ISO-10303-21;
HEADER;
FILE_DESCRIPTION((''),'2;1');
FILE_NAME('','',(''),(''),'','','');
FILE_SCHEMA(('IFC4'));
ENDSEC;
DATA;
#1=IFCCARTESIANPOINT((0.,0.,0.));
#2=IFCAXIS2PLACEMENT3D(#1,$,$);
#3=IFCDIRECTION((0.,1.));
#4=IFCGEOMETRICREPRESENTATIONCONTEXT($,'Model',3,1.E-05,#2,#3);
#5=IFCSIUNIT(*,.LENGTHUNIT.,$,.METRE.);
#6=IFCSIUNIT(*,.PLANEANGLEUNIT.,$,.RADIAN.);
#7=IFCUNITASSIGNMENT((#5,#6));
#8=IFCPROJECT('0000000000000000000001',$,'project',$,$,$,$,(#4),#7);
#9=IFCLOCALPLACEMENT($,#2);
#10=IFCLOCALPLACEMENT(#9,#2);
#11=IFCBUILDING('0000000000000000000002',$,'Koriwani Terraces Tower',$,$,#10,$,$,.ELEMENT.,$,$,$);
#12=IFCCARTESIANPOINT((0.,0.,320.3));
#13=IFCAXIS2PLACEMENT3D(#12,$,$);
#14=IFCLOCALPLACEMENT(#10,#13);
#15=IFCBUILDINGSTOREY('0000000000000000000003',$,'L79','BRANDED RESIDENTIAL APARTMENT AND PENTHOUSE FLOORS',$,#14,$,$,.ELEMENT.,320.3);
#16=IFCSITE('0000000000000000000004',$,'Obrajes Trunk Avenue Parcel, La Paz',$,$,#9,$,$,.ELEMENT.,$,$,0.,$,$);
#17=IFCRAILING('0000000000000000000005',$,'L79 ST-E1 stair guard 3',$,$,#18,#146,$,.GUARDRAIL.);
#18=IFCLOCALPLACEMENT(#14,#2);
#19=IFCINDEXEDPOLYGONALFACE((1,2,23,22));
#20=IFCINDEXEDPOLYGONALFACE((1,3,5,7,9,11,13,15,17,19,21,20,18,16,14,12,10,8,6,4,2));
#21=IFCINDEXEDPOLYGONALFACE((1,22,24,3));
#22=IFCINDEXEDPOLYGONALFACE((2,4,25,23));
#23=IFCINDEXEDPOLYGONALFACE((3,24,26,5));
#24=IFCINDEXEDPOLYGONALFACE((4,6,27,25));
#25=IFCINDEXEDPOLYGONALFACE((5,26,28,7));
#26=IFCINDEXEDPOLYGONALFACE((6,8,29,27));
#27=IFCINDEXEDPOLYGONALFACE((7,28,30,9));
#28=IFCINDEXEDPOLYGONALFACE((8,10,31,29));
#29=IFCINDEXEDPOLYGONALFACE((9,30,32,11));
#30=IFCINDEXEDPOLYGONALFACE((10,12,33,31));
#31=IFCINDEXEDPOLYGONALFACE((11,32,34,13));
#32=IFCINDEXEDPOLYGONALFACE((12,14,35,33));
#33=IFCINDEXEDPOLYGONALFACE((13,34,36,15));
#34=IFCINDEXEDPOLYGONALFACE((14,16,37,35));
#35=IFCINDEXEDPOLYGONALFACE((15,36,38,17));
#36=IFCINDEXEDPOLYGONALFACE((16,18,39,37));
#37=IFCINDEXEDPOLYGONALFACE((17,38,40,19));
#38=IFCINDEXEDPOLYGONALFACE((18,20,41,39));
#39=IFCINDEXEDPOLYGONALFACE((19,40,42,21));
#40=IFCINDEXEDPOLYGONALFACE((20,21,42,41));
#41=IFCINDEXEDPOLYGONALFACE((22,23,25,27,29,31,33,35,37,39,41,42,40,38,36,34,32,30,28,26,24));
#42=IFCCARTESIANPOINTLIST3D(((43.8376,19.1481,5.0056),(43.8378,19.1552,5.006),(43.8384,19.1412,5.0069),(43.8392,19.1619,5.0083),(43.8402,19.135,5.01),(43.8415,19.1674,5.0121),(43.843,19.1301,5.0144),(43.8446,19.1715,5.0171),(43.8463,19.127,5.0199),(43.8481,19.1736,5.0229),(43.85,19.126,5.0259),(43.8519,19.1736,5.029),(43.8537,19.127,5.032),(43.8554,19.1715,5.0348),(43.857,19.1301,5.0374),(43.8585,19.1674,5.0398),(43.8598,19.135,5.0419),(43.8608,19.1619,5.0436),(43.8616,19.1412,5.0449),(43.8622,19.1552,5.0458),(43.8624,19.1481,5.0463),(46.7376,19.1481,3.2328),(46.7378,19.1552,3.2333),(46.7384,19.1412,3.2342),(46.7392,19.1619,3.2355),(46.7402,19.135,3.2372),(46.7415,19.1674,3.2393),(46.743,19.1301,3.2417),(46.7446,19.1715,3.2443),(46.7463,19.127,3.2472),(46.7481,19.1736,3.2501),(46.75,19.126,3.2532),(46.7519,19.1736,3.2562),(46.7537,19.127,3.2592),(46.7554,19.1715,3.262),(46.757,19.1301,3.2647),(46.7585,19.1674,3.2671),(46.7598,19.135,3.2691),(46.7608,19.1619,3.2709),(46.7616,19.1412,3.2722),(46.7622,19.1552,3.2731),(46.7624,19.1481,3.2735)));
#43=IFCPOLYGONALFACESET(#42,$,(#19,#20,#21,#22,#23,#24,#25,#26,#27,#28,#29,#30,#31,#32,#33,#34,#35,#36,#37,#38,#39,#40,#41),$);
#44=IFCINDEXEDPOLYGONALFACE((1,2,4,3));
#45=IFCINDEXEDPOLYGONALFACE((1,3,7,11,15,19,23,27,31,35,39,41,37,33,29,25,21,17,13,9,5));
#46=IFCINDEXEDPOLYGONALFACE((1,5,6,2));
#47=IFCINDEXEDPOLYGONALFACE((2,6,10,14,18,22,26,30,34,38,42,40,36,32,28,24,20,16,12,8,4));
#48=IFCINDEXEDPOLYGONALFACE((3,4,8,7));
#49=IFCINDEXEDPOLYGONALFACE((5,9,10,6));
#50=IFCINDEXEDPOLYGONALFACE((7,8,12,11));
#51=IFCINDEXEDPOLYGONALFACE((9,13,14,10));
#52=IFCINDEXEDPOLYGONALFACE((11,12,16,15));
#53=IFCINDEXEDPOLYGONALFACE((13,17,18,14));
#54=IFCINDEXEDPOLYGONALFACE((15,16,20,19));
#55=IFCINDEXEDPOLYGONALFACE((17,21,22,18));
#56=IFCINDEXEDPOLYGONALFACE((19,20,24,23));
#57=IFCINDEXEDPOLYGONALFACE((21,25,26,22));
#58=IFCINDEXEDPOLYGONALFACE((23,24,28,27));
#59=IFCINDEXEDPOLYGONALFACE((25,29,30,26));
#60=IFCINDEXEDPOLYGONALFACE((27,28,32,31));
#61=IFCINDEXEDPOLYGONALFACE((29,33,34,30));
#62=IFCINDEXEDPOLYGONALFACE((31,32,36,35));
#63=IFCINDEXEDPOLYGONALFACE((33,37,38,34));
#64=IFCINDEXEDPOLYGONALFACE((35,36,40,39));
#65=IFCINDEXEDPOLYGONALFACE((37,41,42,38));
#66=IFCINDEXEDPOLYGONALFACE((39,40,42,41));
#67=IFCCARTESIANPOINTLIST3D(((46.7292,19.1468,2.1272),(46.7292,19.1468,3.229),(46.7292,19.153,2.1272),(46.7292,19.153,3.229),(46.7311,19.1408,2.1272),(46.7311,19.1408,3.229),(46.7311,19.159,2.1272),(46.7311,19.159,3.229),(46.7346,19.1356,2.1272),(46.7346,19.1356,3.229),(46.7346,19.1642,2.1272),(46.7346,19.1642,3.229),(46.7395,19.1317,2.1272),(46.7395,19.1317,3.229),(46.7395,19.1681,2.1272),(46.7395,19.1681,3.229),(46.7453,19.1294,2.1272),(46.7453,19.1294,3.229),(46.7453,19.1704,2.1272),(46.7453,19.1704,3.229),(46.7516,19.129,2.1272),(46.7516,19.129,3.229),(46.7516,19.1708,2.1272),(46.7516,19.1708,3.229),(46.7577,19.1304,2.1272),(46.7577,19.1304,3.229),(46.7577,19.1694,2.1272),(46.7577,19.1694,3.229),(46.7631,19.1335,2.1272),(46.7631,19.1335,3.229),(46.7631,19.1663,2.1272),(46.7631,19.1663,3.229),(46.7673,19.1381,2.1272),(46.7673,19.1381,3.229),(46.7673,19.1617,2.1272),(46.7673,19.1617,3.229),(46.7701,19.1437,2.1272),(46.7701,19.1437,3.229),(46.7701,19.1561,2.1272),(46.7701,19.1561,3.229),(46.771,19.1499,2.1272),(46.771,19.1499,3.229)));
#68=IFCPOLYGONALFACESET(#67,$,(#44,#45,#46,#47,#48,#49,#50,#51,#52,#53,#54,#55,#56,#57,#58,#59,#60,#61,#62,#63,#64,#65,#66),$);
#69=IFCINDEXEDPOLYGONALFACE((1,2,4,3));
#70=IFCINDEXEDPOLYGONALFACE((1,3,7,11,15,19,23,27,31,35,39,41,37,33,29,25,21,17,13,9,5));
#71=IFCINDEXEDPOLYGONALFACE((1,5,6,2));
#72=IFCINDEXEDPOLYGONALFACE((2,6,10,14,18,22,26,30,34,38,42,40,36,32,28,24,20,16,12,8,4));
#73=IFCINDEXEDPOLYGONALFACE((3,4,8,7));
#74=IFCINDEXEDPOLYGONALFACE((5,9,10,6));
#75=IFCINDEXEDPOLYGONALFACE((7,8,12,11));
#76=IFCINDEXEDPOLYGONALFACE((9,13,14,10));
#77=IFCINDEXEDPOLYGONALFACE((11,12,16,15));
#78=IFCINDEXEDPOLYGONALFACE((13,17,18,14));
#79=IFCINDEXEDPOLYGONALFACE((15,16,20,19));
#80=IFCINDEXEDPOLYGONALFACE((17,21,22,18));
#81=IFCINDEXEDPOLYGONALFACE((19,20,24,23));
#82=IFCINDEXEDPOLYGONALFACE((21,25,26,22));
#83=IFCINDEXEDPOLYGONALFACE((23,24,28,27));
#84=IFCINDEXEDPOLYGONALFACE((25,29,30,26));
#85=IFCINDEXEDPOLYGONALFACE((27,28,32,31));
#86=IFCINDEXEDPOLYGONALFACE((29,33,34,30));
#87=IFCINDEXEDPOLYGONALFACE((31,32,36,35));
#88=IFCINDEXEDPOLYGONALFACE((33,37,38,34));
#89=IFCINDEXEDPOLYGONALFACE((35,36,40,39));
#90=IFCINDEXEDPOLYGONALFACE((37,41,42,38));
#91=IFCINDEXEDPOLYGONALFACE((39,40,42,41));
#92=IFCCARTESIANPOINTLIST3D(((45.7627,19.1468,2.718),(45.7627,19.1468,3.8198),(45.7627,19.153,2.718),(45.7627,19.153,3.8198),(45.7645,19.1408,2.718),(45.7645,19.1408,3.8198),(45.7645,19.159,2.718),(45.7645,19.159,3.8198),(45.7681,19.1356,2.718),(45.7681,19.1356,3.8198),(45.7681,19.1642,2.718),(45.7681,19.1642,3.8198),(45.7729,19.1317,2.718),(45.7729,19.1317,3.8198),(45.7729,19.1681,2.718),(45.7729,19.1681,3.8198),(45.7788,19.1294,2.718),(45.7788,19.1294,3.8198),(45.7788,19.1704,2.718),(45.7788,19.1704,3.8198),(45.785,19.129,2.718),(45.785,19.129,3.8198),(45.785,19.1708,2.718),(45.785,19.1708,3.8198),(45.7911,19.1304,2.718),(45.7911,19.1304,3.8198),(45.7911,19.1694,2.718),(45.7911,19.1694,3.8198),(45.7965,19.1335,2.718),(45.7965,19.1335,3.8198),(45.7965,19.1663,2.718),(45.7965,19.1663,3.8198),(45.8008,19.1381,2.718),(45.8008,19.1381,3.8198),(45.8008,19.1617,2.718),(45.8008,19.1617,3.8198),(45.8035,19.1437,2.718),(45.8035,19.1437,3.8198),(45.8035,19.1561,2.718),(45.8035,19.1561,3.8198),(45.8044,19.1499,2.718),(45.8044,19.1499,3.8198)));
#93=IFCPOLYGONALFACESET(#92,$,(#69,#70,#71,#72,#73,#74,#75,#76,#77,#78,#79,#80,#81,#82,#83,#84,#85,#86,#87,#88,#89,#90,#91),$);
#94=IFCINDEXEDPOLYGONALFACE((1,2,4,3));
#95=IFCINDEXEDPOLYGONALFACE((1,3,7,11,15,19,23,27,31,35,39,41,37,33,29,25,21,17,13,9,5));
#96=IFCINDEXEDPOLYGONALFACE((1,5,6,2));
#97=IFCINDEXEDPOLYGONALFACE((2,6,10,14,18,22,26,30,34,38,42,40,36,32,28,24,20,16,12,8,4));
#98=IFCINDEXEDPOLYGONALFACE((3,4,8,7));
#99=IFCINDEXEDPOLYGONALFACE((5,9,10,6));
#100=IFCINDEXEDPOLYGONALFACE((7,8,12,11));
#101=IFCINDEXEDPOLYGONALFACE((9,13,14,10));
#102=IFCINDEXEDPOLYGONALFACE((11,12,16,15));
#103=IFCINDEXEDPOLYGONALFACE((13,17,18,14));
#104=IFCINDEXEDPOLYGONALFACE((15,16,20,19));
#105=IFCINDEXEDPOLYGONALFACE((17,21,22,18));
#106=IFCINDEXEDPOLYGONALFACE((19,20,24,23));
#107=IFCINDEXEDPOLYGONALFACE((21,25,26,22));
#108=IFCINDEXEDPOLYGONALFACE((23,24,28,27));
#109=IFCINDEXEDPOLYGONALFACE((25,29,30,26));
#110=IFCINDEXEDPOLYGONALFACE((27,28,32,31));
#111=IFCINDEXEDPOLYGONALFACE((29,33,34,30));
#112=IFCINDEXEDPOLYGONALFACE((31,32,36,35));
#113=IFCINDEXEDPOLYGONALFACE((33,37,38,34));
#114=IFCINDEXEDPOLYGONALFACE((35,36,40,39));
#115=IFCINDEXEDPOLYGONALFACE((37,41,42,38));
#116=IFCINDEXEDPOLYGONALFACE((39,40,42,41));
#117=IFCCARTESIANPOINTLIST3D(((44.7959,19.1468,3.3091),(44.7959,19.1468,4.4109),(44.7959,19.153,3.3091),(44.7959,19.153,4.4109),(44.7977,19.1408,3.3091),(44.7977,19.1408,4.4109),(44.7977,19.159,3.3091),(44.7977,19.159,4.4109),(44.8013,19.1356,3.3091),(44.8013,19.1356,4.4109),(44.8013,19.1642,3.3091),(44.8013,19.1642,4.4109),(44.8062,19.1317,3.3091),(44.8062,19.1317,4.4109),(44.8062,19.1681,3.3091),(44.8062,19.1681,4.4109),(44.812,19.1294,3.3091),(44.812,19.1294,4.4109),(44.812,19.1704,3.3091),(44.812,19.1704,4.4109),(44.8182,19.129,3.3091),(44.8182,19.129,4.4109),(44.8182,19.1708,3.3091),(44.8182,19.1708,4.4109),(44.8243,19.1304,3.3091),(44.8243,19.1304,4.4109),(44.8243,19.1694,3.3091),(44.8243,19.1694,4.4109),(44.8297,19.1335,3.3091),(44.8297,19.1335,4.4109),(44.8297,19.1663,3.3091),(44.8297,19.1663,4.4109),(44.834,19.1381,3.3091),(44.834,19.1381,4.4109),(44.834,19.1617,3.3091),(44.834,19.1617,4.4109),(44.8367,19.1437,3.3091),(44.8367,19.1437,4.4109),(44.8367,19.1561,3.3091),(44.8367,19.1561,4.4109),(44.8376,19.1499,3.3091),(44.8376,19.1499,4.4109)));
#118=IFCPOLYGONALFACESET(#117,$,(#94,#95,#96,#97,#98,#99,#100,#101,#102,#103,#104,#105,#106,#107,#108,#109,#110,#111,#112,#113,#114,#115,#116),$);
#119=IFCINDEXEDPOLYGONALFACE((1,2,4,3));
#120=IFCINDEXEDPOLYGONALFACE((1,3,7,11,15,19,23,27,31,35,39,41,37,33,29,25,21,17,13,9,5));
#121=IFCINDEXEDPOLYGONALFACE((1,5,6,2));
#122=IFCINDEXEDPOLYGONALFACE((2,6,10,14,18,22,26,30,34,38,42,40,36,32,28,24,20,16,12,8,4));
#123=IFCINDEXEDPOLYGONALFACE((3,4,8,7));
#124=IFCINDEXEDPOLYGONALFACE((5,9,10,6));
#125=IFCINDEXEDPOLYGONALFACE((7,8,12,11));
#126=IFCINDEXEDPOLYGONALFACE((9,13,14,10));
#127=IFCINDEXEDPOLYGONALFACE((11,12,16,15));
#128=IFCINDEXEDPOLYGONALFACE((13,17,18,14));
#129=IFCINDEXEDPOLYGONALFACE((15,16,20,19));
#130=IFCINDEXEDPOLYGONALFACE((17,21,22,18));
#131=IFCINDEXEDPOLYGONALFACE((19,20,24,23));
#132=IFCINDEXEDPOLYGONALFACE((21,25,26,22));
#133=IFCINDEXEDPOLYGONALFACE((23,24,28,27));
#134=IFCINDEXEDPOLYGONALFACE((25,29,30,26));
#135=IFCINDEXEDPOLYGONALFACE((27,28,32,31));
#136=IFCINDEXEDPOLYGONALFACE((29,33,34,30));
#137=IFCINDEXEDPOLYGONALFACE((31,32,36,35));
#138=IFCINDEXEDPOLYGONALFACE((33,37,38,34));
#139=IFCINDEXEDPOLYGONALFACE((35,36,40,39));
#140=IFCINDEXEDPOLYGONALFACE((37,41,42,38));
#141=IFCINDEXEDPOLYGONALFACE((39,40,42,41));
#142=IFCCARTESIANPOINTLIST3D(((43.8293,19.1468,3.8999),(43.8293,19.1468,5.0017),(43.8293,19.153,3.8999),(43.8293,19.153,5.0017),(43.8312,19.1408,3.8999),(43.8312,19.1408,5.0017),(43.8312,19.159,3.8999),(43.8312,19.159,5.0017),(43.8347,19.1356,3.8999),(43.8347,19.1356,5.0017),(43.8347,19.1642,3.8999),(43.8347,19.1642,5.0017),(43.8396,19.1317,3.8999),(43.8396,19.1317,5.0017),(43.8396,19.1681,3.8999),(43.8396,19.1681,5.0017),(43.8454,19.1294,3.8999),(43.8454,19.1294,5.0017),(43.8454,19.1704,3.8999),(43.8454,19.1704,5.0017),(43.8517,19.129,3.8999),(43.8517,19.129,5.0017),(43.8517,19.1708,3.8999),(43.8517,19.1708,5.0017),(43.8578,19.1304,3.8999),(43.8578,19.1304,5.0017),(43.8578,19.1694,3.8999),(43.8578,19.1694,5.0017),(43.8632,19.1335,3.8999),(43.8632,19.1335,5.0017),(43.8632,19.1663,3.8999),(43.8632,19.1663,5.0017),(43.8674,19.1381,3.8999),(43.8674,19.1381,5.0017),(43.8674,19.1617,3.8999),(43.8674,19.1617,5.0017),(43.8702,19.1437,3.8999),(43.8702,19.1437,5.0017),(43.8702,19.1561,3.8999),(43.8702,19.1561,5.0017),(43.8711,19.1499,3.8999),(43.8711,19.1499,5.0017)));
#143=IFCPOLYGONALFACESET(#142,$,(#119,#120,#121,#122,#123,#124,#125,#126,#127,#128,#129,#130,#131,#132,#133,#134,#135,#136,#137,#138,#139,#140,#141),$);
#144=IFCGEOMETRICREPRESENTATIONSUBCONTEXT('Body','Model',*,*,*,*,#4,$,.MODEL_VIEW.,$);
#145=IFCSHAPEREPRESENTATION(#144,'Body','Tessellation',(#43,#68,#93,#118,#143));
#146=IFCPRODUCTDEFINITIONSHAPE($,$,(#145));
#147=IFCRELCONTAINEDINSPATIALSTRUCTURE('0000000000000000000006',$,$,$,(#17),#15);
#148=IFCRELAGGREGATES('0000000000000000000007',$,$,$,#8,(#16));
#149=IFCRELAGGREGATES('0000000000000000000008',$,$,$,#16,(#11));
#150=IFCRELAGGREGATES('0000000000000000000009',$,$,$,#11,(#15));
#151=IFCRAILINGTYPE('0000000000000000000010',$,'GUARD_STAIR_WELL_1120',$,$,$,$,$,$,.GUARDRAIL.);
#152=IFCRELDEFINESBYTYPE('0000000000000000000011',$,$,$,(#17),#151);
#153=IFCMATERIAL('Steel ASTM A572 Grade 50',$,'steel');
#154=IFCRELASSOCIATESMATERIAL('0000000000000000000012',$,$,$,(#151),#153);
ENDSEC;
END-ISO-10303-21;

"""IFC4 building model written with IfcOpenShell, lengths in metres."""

from ifc_helpers import new_model, si_unit, direction, frame, origin, origin_2d, place, context, subcontext, project, spatial, circle, extrude, material, type_object, element, save


model = new_model("IFC4")

# Units and contexts
model_context = context("Model", 3, precision=1e-05, world=origin(), true_north=direction((0.0, 1.0)))
body_context = subcontext(model_context, "Body", "Model", "MODEL_VIEW")
ifc_project = project(units=[si_unit("LENGTHUNIT", "METRE"), si_unit("PLANEANGLEUNIT", "RADIAN")], contexts=[model_context])

# Site, building, storey
site_placement = place(None, origin())
site = spatial("IfcSite", under=ifc_project, at=site_placement, Name="Obrajes Trunk Avenue Parcel, La Paz", CompositionType="ELEMENT", RefElevation=0.0)
building_placement = place(site_placement, origin())
building = spatial("IfcBuilding", under=site, at=building_placement, Name="Koriwani Terraces Tower", CompositionType="ELEMENT")
storey_placement = place(building_placement, frame((0.0, 0.0, 320.3)))
storey = spatial("IfcBuildingStorey", under=building, at=storey_placement, Name="L79", Description="BRANDED RESIDENTIAL APARTMENT AND PENTHOUSE FLOORS", CompositionType="ELEMENT", Elevation=320.3)

# Railing
ifc_material_1 = material(Name="Steel ASTM A572 Grade 50", Category="steel")
railing_type_1 = type_object("IfcRailingType", Name="GUARD_STAIR_WELL_1120", PredefinedType="GUARDRAIL", material=ifc_material_1)
railing_1_placement = place(storey_placement, frame((46.75, 19.1499, 2.1272)))
element("IfcRailing", 1, at=railing_1_placement, inside=storey, type_object=railing_type_1, Name="L79 ST-E1 stair guard 3", PredefinedType="GUARDRAIL", context=body_context, shape_type="SweptSolid", body=[
    extrude(circle(Radius=0.0239, at=origin_2d()), frame((0.0, 0.0, 1.126), z_axis=(-0.853211, 0.0, 0.521566), x_axis=(0.0, -1.0, 0.0)), (0.0, 0.0, 1.0), 3.3989),
    extrude(circle(Radius=0.021, at=origin_2d()), origin(), (0.0, 0.0, 1.0), 1.1018),
    extrude(circle(Radius=0.021, at=origin_2d()), frame((-0.9666, 0.0, 0.5908)), (0.0, 0.0, 1.0), 1.1018),
    extrude(circle(Radius=0.021, at=origin_2d()), frame((-1.9333, 0.0, 1.1819)), (0.0, 0.0, 1.0), 1.1018),
    extrude(circle(Radius=0.021, at=origin_2d()), frame((-2.8999, 0.0, 1.7727)), (0.0, 0.0, 1.0), 1.1018),
])

save(model, "model.ifc")
